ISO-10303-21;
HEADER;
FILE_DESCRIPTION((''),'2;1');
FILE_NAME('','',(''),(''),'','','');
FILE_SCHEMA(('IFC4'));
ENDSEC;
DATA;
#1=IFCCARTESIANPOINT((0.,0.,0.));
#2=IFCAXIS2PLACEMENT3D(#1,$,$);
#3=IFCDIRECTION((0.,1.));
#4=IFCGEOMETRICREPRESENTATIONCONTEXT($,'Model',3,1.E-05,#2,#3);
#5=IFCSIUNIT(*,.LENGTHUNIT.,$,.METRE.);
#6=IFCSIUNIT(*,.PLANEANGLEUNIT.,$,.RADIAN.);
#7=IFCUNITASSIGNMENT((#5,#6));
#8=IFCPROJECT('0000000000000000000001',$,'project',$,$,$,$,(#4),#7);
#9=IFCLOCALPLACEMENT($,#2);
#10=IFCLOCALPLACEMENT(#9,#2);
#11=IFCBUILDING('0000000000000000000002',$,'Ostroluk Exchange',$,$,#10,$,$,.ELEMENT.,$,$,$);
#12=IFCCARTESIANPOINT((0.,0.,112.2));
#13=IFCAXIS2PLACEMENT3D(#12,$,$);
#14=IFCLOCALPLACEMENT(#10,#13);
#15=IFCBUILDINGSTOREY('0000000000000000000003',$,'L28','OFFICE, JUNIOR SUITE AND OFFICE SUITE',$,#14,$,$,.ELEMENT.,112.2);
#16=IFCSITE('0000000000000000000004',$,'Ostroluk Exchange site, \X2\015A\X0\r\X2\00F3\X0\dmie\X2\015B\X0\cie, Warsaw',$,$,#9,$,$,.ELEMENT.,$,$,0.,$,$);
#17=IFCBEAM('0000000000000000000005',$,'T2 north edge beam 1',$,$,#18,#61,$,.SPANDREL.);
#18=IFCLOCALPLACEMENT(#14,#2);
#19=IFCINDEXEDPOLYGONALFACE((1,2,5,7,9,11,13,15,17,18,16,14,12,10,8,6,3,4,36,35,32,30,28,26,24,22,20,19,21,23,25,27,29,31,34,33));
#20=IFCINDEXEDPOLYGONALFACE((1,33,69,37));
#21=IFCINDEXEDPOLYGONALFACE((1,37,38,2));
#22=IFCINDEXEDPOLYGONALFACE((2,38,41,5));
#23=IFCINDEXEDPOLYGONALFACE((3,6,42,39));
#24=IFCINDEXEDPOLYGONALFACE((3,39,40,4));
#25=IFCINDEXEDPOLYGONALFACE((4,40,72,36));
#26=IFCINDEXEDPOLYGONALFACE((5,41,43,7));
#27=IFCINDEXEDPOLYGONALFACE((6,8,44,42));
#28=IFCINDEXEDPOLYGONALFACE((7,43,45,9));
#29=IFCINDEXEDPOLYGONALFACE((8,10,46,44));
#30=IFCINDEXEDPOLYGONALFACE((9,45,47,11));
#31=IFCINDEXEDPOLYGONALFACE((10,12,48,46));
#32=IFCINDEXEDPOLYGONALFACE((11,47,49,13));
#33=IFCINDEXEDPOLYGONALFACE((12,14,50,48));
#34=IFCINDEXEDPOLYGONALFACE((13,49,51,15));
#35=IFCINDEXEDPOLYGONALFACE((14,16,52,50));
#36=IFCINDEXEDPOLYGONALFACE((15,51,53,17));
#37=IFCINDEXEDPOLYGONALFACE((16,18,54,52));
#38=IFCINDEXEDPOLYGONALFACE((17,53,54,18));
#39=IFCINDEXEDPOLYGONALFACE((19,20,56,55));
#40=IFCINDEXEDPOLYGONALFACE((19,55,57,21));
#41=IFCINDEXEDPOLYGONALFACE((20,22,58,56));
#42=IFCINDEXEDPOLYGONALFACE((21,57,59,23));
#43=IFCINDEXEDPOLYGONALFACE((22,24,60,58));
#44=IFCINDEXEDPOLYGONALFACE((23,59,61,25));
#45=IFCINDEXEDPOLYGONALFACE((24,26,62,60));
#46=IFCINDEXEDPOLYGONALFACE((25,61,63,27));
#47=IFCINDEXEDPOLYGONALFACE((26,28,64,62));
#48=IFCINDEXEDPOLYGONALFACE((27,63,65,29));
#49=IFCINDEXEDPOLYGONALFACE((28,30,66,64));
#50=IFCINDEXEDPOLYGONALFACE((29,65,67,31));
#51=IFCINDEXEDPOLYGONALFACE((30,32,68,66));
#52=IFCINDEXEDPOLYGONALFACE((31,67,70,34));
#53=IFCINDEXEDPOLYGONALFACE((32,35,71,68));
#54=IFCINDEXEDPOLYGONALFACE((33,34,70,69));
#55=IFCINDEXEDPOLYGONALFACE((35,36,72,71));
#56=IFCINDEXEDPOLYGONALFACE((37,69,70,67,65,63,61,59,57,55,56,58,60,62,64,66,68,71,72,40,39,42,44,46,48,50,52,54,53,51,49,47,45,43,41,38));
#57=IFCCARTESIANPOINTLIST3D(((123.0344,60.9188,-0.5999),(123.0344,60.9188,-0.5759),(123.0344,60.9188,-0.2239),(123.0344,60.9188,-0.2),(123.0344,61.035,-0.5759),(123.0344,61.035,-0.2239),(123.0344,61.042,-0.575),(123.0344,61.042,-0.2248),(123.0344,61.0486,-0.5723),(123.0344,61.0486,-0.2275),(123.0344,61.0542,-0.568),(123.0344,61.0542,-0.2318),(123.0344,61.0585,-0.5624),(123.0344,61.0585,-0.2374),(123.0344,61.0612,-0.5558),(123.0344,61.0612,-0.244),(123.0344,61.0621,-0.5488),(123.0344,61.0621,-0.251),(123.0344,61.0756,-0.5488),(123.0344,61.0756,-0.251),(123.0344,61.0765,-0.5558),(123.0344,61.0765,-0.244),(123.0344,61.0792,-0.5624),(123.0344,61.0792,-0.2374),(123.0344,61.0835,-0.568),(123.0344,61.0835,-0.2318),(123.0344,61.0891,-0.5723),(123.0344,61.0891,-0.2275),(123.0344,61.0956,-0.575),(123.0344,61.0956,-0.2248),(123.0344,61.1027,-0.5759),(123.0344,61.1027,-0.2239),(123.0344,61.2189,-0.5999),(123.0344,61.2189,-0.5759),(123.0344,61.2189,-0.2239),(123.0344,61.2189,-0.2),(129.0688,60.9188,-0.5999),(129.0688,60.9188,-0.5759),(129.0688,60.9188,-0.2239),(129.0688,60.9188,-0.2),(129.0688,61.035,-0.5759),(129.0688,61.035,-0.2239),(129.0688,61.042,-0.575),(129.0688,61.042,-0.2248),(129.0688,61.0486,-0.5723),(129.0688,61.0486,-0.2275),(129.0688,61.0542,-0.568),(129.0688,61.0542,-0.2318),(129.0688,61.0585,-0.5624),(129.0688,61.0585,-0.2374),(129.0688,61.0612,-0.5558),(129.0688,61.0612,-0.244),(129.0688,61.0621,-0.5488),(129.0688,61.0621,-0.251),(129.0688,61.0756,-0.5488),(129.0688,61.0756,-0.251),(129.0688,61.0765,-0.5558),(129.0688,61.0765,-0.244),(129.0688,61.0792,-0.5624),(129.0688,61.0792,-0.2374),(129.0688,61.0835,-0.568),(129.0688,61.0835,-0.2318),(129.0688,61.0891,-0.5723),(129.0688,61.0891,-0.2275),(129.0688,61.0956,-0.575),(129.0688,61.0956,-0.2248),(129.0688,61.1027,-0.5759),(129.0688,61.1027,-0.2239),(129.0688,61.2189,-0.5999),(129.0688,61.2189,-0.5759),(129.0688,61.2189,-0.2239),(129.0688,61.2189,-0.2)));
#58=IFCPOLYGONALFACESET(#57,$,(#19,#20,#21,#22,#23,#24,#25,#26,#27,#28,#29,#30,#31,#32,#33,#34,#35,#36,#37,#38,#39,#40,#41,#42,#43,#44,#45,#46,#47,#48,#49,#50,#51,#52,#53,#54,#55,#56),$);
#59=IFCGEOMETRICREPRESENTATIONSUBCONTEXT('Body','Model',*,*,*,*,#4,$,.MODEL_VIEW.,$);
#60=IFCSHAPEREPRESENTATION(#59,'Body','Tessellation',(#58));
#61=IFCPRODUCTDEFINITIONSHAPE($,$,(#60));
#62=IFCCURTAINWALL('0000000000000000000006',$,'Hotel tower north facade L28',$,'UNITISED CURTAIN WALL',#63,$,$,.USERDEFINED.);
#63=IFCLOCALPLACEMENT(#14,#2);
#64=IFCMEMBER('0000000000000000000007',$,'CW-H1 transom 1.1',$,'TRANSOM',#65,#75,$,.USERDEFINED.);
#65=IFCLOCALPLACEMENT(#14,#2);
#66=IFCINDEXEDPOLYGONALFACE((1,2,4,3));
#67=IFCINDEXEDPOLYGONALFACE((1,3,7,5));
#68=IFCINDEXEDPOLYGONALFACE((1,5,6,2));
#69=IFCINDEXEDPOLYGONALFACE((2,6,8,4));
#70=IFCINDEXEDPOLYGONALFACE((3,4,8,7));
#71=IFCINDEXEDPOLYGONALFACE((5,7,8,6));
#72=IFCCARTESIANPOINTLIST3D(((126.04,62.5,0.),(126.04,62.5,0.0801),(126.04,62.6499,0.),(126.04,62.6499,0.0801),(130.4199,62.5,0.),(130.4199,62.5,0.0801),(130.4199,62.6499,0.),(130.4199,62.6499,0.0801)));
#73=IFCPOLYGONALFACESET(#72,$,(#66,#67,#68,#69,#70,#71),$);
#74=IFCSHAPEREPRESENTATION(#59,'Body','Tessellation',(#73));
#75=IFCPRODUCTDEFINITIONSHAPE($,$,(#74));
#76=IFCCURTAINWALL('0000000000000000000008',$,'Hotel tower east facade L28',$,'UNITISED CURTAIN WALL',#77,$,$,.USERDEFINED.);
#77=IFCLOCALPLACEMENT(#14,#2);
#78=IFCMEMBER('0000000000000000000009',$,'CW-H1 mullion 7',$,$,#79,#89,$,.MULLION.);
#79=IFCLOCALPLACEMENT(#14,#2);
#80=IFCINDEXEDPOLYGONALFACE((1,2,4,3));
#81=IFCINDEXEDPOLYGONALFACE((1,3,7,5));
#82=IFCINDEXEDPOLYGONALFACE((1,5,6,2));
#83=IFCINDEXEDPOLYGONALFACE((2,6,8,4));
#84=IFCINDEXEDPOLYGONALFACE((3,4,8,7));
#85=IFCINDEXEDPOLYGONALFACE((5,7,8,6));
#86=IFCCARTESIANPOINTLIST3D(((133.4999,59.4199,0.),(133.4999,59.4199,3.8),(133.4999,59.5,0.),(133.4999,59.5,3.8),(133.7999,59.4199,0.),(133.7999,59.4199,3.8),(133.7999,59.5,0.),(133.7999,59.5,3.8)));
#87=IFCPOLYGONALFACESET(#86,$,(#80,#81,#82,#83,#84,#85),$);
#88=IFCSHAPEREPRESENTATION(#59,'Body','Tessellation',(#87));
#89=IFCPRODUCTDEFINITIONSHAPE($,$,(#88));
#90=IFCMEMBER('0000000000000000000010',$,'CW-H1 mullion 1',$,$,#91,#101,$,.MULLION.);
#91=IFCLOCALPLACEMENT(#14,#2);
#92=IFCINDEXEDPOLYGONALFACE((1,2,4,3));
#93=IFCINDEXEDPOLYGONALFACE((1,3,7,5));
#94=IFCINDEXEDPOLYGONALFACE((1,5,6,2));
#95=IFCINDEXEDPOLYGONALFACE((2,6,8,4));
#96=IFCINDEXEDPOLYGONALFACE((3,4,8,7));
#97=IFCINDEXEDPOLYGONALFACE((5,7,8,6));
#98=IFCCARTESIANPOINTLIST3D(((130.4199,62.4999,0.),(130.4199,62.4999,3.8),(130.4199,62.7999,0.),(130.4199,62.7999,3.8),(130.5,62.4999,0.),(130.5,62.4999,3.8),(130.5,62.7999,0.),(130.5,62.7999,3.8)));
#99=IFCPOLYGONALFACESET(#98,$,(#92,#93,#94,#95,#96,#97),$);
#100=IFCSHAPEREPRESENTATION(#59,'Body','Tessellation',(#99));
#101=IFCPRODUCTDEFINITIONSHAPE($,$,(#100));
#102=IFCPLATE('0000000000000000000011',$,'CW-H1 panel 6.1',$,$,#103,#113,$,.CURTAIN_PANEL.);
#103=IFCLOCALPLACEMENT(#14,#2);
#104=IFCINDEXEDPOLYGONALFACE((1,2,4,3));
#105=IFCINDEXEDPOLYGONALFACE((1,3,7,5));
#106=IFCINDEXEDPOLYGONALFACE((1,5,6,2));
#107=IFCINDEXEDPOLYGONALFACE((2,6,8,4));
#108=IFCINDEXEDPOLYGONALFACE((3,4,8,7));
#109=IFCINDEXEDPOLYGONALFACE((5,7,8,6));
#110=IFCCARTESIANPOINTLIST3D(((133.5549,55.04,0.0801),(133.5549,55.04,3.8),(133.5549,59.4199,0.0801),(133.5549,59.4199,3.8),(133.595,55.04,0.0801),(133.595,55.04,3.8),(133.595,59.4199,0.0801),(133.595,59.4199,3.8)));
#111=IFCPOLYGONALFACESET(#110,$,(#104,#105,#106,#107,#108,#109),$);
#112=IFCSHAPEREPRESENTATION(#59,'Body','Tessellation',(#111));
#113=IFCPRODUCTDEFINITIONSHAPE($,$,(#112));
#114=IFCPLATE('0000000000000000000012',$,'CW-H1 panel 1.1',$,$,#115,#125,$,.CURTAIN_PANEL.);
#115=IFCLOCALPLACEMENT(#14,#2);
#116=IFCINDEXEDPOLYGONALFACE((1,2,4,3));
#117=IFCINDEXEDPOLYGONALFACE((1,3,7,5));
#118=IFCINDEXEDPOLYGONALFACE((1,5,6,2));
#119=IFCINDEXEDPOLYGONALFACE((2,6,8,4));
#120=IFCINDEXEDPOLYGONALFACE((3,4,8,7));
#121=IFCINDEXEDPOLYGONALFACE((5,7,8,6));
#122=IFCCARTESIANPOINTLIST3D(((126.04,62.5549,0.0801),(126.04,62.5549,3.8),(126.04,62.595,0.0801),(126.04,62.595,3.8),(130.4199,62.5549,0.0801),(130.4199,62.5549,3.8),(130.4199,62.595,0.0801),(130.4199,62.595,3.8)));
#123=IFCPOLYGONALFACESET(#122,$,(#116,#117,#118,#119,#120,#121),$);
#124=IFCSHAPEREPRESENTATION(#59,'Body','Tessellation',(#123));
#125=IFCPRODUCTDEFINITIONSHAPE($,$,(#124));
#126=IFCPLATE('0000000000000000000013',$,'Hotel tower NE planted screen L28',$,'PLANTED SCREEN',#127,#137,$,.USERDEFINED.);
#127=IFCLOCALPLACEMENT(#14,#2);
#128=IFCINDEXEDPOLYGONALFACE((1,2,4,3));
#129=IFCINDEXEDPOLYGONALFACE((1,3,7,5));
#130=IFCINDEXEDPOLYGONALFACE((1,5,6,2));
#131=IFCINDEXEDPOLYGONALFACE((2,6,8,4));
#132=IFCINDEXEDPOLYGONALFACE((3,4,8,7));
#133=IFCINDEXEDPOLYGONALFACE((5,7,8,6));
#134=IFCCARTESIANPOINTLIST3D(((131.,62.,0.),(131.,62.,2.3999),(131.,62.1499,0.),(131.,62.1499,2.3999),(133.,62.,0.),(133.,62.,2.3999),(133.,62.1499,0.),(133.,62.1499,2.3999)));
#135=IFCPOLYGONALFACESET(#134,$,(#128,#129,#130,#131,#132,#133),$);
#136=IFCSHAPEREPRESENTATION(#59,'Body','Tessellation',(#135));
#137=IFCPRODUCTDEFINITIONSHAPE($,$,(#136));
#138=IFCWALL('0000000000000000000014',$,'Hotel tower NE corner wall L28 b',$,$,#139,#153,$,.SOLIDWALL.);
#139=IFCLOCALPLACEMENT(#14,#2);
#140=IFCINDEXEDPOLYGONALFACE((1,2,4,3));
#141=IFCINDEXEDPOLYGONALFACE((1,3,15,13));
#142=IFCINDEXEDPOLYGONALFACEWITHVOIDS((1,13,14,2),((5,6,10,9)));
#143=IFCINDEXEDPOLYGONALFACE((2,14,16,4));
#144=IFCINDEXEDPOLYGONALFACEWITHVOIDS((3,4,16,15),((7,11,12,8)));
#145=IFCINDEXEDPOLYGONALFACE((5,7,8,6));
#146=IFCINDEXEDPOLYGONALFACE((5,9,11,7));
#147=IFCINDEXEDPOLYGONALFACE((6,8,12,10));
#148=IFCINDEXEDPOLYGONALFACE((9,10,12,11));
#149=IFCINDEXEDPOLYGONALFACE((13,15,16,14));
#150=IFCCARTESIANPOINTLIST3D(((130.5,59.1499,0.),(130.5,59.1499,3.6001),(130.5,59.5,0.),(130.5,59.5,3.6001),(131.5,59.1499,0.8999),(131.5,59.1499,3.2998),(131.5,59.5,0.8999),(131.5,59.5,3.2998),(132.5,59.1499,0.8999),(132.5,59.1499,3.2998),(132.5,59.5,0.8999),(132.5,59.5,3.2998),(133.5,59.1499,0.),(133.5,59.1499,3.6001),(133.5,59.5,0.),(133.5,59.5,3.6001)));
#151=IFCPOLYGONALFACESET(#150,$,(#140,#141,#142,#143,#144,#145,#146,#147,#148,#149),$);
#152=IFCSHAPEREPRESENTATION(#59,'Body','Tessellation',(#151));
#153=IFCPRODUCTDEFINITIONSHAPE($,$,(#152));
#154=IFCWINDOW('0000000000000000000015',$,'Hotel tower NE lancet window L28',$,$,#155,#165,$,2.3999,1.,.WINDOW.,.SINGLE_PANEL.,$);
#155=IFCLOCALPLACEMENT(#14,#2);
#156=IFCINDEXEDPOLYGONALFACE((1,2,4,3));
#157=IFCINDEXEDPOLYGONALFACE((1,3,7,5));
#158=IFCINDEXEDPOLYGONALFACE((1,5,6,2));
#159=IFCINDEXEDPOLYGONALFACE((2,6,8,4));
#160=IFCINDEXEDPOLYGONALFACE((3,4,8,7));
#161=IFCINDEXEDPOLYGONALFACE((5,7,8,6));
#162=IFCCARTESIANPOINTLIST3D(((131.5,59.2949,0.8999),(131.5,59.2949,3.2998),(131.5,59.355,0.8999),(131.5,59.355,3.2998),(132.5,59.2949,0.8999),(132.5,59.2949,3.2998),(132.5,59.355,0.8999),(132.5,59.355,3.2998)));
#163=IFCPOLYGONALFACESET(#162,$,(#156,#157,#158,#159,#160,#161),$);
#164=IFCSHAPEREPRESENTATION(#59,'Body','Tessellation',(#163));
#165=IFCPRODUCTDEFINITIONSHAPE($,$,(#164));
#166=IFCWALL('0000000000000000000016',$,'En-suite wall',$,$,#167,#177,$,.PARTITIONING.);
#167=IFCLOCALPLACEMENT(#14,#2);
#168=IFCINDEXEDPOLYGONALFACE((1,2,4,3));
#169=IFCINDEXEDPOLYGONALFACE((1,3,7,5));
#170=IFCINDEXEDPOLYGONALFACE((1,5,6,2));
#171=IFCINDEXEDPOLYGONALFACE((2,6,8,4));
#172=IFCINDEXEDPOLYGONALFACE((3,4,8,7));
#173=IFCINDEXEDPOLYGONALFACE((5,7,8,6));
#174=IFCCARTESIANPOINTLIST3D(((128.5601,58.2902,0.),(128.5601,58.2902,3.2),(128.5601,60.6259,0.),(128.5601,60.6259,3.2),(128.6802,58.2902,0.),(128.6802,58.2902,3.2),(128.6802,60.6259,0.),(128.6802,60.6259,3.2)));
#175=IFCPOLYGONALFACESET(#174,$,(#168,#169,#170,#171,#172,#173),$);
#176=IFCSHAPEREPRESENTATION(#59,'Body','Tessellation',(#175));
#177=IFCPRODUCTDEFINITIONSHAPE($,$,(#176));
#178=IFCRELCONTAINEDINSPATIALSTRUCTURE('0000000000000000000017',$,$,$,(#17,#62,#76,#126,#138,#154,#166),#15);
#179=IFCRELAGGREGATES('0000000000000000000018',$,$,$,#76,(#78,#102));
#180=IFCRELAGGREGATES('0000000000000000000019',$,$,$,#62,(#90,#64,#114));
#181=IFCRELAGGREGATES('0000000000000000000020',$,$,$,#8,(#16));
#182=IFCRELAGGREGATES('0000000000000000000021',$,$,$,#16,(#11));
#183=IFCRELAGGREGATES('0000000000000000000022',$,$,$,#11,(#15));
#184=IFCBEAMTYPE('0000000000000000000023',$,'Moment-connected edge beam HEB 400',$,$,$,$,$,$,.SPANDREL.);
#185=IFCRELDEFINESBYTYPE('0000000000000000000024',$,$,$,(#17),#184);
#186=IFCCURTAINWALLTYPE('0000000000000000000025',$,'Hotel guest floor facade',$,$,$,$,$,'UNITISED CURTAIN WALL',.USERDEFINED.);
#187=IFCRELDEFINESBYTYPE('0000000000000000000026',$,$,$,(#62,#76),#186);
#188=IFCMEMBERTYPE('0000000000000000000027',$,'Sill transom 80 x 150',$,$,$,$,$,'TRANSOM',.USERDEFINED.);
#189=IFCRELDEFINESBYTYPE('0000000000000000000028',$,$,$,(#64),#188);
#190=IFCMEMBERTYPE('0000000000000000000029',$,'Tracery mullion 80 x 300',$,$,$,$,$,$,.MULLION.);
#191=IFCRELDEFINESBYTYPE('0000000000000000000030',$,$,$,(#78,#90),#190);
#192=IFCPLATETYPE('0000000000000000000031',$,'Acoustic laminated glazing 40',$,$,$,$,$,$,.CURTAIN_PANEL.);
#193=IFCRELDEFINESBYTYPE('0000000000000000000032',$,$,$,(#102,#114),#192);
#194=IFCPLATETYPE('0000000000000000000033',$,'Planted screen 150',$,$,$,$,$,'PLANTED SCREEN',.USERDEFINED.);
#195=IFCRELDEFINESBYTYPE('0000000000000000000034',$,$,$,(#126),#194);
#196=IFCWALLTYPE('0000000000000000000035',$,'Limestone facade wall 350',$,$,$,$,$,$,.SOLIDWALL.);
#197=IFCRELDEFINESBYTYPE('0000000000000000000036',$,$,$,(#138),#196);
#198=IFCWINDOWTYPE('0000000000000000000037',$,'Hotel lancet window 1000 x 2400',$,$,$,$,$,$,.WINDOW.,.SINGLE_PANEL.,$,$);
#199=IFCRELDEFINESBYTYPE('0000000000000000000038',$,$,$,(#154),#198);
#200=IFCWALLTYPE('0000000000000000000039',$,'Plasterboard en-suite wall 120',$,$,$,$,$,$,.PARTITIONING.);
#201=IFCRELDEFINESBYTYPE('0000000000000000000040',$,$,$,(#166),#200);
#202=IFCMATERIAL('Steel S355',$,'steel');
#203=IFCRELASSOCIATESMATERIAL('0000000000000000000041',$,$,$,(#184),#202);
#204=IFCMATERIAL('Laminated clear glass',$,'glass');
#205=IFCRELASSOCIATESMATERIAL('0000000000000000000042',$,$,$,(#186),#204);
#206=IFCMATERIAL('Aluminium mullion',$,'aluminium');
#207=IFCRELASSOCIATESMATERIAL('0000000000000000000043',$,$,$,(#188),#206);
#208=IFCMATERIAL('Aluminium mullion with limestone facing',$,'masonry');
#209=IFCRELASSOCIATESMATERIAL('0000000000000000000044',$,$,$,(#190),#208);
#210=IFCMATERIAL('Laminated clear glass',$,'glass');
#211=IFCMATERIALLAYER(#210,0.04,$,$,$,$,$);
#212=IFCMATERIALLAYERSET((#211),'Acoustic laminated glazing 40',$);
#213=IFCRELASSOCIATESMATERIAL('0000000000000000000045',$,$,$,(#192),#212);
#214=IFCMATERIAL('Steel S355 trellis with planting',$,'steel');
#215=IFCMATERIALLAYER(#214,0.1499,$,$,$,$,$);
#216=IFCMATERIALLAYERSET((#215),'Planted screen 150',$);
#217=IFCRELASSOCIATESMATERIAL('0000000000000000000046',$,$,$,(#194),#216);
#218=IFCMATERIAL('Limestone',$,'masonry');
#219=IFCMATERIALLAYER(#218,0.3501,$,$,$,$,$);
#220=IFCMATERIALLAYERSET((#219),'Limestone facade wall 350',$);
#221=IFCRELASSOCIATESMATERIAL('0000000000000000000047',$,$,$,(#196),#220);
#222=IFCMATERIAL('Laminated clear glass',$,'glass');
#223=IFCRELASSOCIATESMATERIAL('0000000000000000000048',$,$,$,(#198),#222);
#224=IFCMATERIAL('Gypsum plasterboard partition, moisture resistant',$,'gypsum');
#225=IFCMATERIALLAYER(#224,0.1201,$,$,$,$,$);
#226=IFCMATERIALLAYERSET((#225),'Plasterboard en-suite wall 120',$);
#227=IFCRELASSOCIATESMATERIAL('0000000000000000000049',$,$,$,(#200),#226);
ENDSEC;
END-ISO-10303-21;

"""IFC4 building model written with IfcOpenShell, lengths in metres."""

from ifc_helpers import new_model, si_unit, direction, frame, frame_2d, origin, origin_2d, place, context, subcontext, project, spatial, rectangle, i_section, extrude, material, layer, layer_set, material_profile, profile_set, type_object, element, fill, aggregate, save


model = new_model("IFC4")

# Units and contexts
model_context = context("Model", 3, precision=1e-05, world=origin(), true_north=direction((0.0, 1.0)))
body_context = subcontext(model_context, "Body", "Model", "MODEL_VIEW")
ifc_project = project(units=[si_unit("LENGTHUNIT", "METRE"), si_unit("PLANEANGLEUNIT", "RADIAN")], contexts=[model_context])

# Site, building, storey
site_placement = place(None, origin())
site = spatial("IfcSite", under=ifc_project, at=site_placement, Name="Ostroluk Exchange site, Śródmieście, Warsaw", CompositionType="ELEMENT", RefElevation=0.0)
building_placement = place(site_placement, origin())
building = spatial("IfcBuilding", under=site, at=building_placement, Name="Ostroluk Exchange", CompositionType="ELEMENT")
storey_placement = place(building_placement, frame((0.0, 0.0, 112.2)))
storey = spatial("IfcBuildingStorey", under=building, at=storey_placement, Name="L28", Description="OFFICE, JUNIOR SUITE AND OFFICE SUITE", CompositionType="ELEMENT", Elevation=112.2)

# Beam
ifc_material_1 = material(Name="Steel S355", Category="steel")
ifc_material_profile_1 = material_profile(ifc_material_1, i_section(OverallWidth=0.3, OverallDepth=0.3999, WebThickness=0.0134, FlangeThickness=0.0239, FilletRadius=0.0271, at=origin_2d()), Name="HEB 400")
ifc_profile_set_1 = profile_set([ifc_material_profile_1], Name="Steel S355")
beam_type_1 = type_object("IfcBeamType", Name="Moment-connected edge beam HEB 400", PredefinedType="SPANDREL", material=ifc_profile_set_1)
beam_1_placement = place(storey_placement, frame((129.0688, 61.0688, -0.3999), z_axis=(-1.0, 0.0, 0.0), x_axis=(0.0, -1.0, 0.0)))
element("IfcBeam", 1, at=beam_1_placement, inside=storey, type_object=beam_type_1, Name="T2 north edge beam 1", PredefinedType="SPANDREL", context=body_context, shape_type="SweptSolid", body=[
    extrude(i_section(OverallWidth=0.3, OverallDepth=0.3999, WebThickness=0.0134, FlangeThickness=0.0239, FilletRadius=0.0271, at=origin_2d()), origin(), (0.0, 0.0, 1.0), 6.0344),
])

# Curtain walls, members
ifc_material_2 = material(Name="Laminated clear glass", Category="glass")
curtain_wall_type = type_object("IfcCurtainWallType", Name="Hotel guest floor facade", ElementType="UNITISED CURTAIN WALL", PredefinedType="USERDEFINED", material=ifc_material_2)
curtain_wall_1_placement = place(storey_placement, origin())
curtain_wall_1 = element("IfcCurtainWall", 2, at=curtain_wall_1_placement, inside=storey, type_object=curtain_wall_type, Name="Hotel tower north facade L28", ObjectType="UNITISED CURTAIN WALL", PredefinedType="USERDEFINED")
ifc_material_3 = material(Name="Aluminium mullion", Category="aluminium")
ifc_material_profile_2 = material_profile(ifc_material_3, rectangle(XDim=0.1499, YDim=0.0801, at=origin_2d()), Name="Sill transom 80 x 150")
ifc_profile_set_2 = profile_set([ifc_material_profile_2], Name="Aluminium mullion")
member_type_1 = type_object("IfcMemberType", Name="Sill transom 80 x 150", ElementType="TRANSOM", PredefinedType="USERDEFINED", material=ifc_profile_set_2)
member_1_placement = place(storey_placement, frame((130.4199, 62.575, 0.04), z_axis=(-1.0, 0.0, 0.0), x_axis=(0.0, -1.0, 0.0)))
member_1 = element("IfcMember", 3, at=member_1_placement, type_object=member_type_1, Name="CW-H1 transom 1.1", ObjectType="TRANSOM", PredefinedType="USERDEFINED", context=body_context, shape_type="SweptSolid", body=[
    extrude(rectangle(XDim=0.1499, YDim=0.0801, at=origin_2d()), origin(), (0.0, 0.0, 1.0), 4.3799),
])
curtain_wall_2_placement = place(storey_placement, origin())
curtain_wall_2 = element("IfcCurtainWall", 4, at=curtain_wall_2_placement, inside=storey, type_object=curtain_wall_type, Name="Hotel tower east facade L28", ObjectType="UNITISED CURTAIN WALL", PredefinedType="USERDEFINED")
ifc_material_4 = material(Name="Aluminium mullion with limestone facing", Category="masonry")
ifc_material_profile_3 = material_profile(ifc_material_4, rectangle(XDim=0.3, YDim=0.0801, at=origin_2d()), Name="Tracery mullion 80 x 300")
ifc_profile_set_3 = profile_set([ifc_material_profile_3], Name="Aluminium mullion with limestone facing")
member_type_2 = type_object("IfcMemberType", Name="Tracery mullion 80 x 300", PredefinedType="MULLION", material=ifc_profile_set_3)
member_2_placement = place(storey_placement, frame((133.6499, 59.46, 0.0), z_axis=(0.0, 0.0, 1.0), x_axis=(-1.0, 0.0, 0.0)))
member_2 = element("IfcMember", 5, at=member_2_placement, type_object=member_type_2, Name="CW-H1 mullion 7", PredefinedType="MULLION", context=body_context, shape_type="SweptSolid", body=[
    extrude(rectangle(XDim=0.3, YDim=0.0801, at=origin_2d()), origin(), (0.0, 0.0, 1.0), 3.8),
])

# Member
member_3_placement = place(storey_placement, frame((130.46, 62.6499, 0.0), z_axis=(0.0, 0.0, 1.0), x_axis=(0.0, -1.0, 0.0)))
member_3 = element("IfcMember", 6, at=member_3_placement, type_object=member_type_2, Name="CW-H1 mullion 1", PredefinedType="MULLION", context=body_context, shape_type="SweptSolid", body=[
    extrude(rectangle(XDim=0.3, YDim=0.0801, at=origin_2d()), origin(), (0.0, 0.0, 1.0), 3.8),
])

# Plates
ifc_material_5 = material(Name="Laminated clear glass", Category="glass")
ifc_layer_1 = layer(ifc_material_5, 0.04)
ifc_layer_set_1 = layer_set([ifc_layer_1], Name="Acoustic laminated glazing 40")
plate_type_1 = type_object("IfcPlateType", Name="Acoustic laminated glazing 40", PredefinedType="CURTAIN_PANEL", material=ifc_layer_set_1)
plate_1_placement = place(storey_placement, frame((133.575, 57.23, 0.0801), z_axis=(0.0, 0.0, 1.0), x_axis=(0.0, 1.0, 0.0)))
plate_1 = element("IfcPlate", 7, at=plate_1_placement, type_object=plate_type_1, Name="CW-H1 panel 6.1", PredefinedType="CURTAIN_PANEL", context=body_context, shape_type="SweptSolid", body=[
    extrude(rectangle(XDim=4.3799, YDim=0.04, at=origin_2d()), origin(), (0.0, 0.0, 1.0), 3.72),
])
aggregate(curtain_wall_2, [member_2, plate_1])
plate_2_placement = place(storey_placement, frame((128.23, 62.575, 0.0801), z_axis=(0.0, 0.0, 1.0), x_axis=(-1.0, 0.0, 0.0)))
plate_2 = element("IfcPlate", 8, at=plate_2_placement, type_object=plate_type_1, Name="CW-H1 panel 1.1", PredefinedType="CURTAIN_PANEL", context=body_context, shape_type="SweptSolid", body=[
    extrude(rectangle(XDim=4.3799, YDim=0.04, at=origin_2d()), origin(), (0.0, 0.0, 1.0), 3.72),
])
aggregate(curtain_wall_1, [member_3, member_1, plate_2])
ifc_material_6 = material(Name="Steel S355 trellis with planting", Category="steel")
ifc_layer_2 = layer(ifc_material_6, 0.1499)
ifc_layer_set_2 = layer_set([ifc_layer_2], Name="Planted screen 150")
plate_type_2 = type_object("IfcPlateType", Name="Planted screen 150", ElementType="PLANTED SCREEN", PredefinedType="USERDEFINED", material=ifc_layer_set_2)
plate_3_placement = place(storey_placement, frame((132.0, 62.075, 0.0), z_axis=(0.0, 0.0, 1.0), x_axis=(1.0, 0.0, 0.0)))
element("IfcPlate", 9, at=plate_3_placement, inside=storey, type_object=plate_type_2, Name="Hotel tower NE planted screen L28", ObjectType="PLANTED SCREEN", PredefinedType="USERDEFINED", context=body_context, shape_type="SweptSolid", body=[
    extrude(rectangle(XDim=2.0, YDim=0.1499, at=origin_2d()), origin(), (0.0, 0.0, 1.0), 2.3999),
])

# Shared definitions
ifc_material_7 = material(Name="Limestone", Category="masonry")
ifc_layer_3 = layer(ifc_material_7, 0.3501)
ifc_layer_set_3 = layer_set([ifc_layer_3], Name="Limestone facade wall 350")
wall_type_1 = type_object("IfcWallType", Name="Limestone facade wall 350", PredefinedType="SOLIDWALL", material=ifc_layer_set_3)

# Wall, opening, window
wall_1_placement = place(storey_placement, frame((130.5, 59.325, 0.0), z_axis=(0.0, 0.0, 1.0), x_axis=(1.0, 0.0, 0.0)))
wall_1 = element("IfcWall", 10, at=wall_1_placement, inside=storey, type_object=wall_type_1, Name="Hotel tower NE corner wall L28 b", PredefinedType="SOLIDWALL", context=body_context, shape_type="SweptSolid", body=[
    extrude(rectangle(XDim=3.0, YDim=0.3501, at=frame_2d((1.5, 0.0))), origin(), (0.0, 0.0, 1.0), 3.6001),
])
opening_1_placement = place(wall_1_placement, frame((1.0, 0.0, 0.8999)))
opening_1 = element("IfcOpeningElement", 11, at=opening_1_placement, cuts=wall_1, PredefinedType="OPENING", context=body_context, shape_type="SweptSolid", body=[
    extrude(rectangle(XDim=1.0, YDim=2.3999, at=frame_2d((0.5, 1.2))), frame((0.0, 0.1851, 0.0), z_axis=(0.0, -1.0, 0.0), x_axis=(1.0, 0.0, 0.0)), (0.0, 0.0, 1.0), 0.3701),
])
ifc_material_8 = material(Name="Laminated clear glass", Category="glass")
window_type = type_object("IfcWindowType", Name="Hotel lancet window 1000 x 2400", PartitioningType="SINGLE_PANEL", PredefinedType="WINDOW", material=ifc_material_8)
window_placement = place(opening_1_placement, origin())
window = element("IfcWindow", 12, at=window_placement, inside=storey, type_object=window_type, Name="Hotel tower NE lancet window L28", OverallHeight=2.3999, OverallWidth=1.0, PartitioningType="SINGLE_PANEL", PredefinedType="WINDOW", context=body_context, shape_type="SweptSolid", body=[
    extrude(rectangle(XDim=1.0, YDim=2.3999, at=frame_2d((0.5, 1.2))), frame((0.0, 0.03, 0.0), z_axis=(0.0, -1.0, 0.0), x_axis=(1.0, 0.0, 0.0)), (0.0, 0.0, 1.0), 0.0601),
])
fill(opening_1, window)

# Wall
ifc_material_9 = material(Name="Gypsum plasterboard partition, moisture resistant", Category="gypsum")
ifc_layer_4 = layer(ifc_material_9, 0.1201)
ifc_layer_set_4 = layer_set([ifc_layer_4], Name="Plasterboard en-suite wall 120")
wall_type_2 = type_object("IfcWallType", Name="Plasterboard en-suite wall 120", PredefinedType="PARTITIONING", material=ifc_layer_set_4)
wall_2_placement = place(storey_placement, frame((128.6201, 58.29, 0.0), z_axis=(0.0, 0.0, 1.0), x_axis=(0.0, 1.0, 0.0)))
element("IfcWall", 13, at=wall_2_placement, inside=storey, type_object=wall_type_2, Name="En-suite wall", PredefinedType="PARTITIONING", context=body_context, shape_type="SweptSolid", body=[
    extrude(rectangle(XDim=2.3357, YDim=0.1201, at=frame_2d((1.168, 0.0))), origin(), (0.0, 0.0, 1.0), 3.2),
])

save(model, "model.ifc")
